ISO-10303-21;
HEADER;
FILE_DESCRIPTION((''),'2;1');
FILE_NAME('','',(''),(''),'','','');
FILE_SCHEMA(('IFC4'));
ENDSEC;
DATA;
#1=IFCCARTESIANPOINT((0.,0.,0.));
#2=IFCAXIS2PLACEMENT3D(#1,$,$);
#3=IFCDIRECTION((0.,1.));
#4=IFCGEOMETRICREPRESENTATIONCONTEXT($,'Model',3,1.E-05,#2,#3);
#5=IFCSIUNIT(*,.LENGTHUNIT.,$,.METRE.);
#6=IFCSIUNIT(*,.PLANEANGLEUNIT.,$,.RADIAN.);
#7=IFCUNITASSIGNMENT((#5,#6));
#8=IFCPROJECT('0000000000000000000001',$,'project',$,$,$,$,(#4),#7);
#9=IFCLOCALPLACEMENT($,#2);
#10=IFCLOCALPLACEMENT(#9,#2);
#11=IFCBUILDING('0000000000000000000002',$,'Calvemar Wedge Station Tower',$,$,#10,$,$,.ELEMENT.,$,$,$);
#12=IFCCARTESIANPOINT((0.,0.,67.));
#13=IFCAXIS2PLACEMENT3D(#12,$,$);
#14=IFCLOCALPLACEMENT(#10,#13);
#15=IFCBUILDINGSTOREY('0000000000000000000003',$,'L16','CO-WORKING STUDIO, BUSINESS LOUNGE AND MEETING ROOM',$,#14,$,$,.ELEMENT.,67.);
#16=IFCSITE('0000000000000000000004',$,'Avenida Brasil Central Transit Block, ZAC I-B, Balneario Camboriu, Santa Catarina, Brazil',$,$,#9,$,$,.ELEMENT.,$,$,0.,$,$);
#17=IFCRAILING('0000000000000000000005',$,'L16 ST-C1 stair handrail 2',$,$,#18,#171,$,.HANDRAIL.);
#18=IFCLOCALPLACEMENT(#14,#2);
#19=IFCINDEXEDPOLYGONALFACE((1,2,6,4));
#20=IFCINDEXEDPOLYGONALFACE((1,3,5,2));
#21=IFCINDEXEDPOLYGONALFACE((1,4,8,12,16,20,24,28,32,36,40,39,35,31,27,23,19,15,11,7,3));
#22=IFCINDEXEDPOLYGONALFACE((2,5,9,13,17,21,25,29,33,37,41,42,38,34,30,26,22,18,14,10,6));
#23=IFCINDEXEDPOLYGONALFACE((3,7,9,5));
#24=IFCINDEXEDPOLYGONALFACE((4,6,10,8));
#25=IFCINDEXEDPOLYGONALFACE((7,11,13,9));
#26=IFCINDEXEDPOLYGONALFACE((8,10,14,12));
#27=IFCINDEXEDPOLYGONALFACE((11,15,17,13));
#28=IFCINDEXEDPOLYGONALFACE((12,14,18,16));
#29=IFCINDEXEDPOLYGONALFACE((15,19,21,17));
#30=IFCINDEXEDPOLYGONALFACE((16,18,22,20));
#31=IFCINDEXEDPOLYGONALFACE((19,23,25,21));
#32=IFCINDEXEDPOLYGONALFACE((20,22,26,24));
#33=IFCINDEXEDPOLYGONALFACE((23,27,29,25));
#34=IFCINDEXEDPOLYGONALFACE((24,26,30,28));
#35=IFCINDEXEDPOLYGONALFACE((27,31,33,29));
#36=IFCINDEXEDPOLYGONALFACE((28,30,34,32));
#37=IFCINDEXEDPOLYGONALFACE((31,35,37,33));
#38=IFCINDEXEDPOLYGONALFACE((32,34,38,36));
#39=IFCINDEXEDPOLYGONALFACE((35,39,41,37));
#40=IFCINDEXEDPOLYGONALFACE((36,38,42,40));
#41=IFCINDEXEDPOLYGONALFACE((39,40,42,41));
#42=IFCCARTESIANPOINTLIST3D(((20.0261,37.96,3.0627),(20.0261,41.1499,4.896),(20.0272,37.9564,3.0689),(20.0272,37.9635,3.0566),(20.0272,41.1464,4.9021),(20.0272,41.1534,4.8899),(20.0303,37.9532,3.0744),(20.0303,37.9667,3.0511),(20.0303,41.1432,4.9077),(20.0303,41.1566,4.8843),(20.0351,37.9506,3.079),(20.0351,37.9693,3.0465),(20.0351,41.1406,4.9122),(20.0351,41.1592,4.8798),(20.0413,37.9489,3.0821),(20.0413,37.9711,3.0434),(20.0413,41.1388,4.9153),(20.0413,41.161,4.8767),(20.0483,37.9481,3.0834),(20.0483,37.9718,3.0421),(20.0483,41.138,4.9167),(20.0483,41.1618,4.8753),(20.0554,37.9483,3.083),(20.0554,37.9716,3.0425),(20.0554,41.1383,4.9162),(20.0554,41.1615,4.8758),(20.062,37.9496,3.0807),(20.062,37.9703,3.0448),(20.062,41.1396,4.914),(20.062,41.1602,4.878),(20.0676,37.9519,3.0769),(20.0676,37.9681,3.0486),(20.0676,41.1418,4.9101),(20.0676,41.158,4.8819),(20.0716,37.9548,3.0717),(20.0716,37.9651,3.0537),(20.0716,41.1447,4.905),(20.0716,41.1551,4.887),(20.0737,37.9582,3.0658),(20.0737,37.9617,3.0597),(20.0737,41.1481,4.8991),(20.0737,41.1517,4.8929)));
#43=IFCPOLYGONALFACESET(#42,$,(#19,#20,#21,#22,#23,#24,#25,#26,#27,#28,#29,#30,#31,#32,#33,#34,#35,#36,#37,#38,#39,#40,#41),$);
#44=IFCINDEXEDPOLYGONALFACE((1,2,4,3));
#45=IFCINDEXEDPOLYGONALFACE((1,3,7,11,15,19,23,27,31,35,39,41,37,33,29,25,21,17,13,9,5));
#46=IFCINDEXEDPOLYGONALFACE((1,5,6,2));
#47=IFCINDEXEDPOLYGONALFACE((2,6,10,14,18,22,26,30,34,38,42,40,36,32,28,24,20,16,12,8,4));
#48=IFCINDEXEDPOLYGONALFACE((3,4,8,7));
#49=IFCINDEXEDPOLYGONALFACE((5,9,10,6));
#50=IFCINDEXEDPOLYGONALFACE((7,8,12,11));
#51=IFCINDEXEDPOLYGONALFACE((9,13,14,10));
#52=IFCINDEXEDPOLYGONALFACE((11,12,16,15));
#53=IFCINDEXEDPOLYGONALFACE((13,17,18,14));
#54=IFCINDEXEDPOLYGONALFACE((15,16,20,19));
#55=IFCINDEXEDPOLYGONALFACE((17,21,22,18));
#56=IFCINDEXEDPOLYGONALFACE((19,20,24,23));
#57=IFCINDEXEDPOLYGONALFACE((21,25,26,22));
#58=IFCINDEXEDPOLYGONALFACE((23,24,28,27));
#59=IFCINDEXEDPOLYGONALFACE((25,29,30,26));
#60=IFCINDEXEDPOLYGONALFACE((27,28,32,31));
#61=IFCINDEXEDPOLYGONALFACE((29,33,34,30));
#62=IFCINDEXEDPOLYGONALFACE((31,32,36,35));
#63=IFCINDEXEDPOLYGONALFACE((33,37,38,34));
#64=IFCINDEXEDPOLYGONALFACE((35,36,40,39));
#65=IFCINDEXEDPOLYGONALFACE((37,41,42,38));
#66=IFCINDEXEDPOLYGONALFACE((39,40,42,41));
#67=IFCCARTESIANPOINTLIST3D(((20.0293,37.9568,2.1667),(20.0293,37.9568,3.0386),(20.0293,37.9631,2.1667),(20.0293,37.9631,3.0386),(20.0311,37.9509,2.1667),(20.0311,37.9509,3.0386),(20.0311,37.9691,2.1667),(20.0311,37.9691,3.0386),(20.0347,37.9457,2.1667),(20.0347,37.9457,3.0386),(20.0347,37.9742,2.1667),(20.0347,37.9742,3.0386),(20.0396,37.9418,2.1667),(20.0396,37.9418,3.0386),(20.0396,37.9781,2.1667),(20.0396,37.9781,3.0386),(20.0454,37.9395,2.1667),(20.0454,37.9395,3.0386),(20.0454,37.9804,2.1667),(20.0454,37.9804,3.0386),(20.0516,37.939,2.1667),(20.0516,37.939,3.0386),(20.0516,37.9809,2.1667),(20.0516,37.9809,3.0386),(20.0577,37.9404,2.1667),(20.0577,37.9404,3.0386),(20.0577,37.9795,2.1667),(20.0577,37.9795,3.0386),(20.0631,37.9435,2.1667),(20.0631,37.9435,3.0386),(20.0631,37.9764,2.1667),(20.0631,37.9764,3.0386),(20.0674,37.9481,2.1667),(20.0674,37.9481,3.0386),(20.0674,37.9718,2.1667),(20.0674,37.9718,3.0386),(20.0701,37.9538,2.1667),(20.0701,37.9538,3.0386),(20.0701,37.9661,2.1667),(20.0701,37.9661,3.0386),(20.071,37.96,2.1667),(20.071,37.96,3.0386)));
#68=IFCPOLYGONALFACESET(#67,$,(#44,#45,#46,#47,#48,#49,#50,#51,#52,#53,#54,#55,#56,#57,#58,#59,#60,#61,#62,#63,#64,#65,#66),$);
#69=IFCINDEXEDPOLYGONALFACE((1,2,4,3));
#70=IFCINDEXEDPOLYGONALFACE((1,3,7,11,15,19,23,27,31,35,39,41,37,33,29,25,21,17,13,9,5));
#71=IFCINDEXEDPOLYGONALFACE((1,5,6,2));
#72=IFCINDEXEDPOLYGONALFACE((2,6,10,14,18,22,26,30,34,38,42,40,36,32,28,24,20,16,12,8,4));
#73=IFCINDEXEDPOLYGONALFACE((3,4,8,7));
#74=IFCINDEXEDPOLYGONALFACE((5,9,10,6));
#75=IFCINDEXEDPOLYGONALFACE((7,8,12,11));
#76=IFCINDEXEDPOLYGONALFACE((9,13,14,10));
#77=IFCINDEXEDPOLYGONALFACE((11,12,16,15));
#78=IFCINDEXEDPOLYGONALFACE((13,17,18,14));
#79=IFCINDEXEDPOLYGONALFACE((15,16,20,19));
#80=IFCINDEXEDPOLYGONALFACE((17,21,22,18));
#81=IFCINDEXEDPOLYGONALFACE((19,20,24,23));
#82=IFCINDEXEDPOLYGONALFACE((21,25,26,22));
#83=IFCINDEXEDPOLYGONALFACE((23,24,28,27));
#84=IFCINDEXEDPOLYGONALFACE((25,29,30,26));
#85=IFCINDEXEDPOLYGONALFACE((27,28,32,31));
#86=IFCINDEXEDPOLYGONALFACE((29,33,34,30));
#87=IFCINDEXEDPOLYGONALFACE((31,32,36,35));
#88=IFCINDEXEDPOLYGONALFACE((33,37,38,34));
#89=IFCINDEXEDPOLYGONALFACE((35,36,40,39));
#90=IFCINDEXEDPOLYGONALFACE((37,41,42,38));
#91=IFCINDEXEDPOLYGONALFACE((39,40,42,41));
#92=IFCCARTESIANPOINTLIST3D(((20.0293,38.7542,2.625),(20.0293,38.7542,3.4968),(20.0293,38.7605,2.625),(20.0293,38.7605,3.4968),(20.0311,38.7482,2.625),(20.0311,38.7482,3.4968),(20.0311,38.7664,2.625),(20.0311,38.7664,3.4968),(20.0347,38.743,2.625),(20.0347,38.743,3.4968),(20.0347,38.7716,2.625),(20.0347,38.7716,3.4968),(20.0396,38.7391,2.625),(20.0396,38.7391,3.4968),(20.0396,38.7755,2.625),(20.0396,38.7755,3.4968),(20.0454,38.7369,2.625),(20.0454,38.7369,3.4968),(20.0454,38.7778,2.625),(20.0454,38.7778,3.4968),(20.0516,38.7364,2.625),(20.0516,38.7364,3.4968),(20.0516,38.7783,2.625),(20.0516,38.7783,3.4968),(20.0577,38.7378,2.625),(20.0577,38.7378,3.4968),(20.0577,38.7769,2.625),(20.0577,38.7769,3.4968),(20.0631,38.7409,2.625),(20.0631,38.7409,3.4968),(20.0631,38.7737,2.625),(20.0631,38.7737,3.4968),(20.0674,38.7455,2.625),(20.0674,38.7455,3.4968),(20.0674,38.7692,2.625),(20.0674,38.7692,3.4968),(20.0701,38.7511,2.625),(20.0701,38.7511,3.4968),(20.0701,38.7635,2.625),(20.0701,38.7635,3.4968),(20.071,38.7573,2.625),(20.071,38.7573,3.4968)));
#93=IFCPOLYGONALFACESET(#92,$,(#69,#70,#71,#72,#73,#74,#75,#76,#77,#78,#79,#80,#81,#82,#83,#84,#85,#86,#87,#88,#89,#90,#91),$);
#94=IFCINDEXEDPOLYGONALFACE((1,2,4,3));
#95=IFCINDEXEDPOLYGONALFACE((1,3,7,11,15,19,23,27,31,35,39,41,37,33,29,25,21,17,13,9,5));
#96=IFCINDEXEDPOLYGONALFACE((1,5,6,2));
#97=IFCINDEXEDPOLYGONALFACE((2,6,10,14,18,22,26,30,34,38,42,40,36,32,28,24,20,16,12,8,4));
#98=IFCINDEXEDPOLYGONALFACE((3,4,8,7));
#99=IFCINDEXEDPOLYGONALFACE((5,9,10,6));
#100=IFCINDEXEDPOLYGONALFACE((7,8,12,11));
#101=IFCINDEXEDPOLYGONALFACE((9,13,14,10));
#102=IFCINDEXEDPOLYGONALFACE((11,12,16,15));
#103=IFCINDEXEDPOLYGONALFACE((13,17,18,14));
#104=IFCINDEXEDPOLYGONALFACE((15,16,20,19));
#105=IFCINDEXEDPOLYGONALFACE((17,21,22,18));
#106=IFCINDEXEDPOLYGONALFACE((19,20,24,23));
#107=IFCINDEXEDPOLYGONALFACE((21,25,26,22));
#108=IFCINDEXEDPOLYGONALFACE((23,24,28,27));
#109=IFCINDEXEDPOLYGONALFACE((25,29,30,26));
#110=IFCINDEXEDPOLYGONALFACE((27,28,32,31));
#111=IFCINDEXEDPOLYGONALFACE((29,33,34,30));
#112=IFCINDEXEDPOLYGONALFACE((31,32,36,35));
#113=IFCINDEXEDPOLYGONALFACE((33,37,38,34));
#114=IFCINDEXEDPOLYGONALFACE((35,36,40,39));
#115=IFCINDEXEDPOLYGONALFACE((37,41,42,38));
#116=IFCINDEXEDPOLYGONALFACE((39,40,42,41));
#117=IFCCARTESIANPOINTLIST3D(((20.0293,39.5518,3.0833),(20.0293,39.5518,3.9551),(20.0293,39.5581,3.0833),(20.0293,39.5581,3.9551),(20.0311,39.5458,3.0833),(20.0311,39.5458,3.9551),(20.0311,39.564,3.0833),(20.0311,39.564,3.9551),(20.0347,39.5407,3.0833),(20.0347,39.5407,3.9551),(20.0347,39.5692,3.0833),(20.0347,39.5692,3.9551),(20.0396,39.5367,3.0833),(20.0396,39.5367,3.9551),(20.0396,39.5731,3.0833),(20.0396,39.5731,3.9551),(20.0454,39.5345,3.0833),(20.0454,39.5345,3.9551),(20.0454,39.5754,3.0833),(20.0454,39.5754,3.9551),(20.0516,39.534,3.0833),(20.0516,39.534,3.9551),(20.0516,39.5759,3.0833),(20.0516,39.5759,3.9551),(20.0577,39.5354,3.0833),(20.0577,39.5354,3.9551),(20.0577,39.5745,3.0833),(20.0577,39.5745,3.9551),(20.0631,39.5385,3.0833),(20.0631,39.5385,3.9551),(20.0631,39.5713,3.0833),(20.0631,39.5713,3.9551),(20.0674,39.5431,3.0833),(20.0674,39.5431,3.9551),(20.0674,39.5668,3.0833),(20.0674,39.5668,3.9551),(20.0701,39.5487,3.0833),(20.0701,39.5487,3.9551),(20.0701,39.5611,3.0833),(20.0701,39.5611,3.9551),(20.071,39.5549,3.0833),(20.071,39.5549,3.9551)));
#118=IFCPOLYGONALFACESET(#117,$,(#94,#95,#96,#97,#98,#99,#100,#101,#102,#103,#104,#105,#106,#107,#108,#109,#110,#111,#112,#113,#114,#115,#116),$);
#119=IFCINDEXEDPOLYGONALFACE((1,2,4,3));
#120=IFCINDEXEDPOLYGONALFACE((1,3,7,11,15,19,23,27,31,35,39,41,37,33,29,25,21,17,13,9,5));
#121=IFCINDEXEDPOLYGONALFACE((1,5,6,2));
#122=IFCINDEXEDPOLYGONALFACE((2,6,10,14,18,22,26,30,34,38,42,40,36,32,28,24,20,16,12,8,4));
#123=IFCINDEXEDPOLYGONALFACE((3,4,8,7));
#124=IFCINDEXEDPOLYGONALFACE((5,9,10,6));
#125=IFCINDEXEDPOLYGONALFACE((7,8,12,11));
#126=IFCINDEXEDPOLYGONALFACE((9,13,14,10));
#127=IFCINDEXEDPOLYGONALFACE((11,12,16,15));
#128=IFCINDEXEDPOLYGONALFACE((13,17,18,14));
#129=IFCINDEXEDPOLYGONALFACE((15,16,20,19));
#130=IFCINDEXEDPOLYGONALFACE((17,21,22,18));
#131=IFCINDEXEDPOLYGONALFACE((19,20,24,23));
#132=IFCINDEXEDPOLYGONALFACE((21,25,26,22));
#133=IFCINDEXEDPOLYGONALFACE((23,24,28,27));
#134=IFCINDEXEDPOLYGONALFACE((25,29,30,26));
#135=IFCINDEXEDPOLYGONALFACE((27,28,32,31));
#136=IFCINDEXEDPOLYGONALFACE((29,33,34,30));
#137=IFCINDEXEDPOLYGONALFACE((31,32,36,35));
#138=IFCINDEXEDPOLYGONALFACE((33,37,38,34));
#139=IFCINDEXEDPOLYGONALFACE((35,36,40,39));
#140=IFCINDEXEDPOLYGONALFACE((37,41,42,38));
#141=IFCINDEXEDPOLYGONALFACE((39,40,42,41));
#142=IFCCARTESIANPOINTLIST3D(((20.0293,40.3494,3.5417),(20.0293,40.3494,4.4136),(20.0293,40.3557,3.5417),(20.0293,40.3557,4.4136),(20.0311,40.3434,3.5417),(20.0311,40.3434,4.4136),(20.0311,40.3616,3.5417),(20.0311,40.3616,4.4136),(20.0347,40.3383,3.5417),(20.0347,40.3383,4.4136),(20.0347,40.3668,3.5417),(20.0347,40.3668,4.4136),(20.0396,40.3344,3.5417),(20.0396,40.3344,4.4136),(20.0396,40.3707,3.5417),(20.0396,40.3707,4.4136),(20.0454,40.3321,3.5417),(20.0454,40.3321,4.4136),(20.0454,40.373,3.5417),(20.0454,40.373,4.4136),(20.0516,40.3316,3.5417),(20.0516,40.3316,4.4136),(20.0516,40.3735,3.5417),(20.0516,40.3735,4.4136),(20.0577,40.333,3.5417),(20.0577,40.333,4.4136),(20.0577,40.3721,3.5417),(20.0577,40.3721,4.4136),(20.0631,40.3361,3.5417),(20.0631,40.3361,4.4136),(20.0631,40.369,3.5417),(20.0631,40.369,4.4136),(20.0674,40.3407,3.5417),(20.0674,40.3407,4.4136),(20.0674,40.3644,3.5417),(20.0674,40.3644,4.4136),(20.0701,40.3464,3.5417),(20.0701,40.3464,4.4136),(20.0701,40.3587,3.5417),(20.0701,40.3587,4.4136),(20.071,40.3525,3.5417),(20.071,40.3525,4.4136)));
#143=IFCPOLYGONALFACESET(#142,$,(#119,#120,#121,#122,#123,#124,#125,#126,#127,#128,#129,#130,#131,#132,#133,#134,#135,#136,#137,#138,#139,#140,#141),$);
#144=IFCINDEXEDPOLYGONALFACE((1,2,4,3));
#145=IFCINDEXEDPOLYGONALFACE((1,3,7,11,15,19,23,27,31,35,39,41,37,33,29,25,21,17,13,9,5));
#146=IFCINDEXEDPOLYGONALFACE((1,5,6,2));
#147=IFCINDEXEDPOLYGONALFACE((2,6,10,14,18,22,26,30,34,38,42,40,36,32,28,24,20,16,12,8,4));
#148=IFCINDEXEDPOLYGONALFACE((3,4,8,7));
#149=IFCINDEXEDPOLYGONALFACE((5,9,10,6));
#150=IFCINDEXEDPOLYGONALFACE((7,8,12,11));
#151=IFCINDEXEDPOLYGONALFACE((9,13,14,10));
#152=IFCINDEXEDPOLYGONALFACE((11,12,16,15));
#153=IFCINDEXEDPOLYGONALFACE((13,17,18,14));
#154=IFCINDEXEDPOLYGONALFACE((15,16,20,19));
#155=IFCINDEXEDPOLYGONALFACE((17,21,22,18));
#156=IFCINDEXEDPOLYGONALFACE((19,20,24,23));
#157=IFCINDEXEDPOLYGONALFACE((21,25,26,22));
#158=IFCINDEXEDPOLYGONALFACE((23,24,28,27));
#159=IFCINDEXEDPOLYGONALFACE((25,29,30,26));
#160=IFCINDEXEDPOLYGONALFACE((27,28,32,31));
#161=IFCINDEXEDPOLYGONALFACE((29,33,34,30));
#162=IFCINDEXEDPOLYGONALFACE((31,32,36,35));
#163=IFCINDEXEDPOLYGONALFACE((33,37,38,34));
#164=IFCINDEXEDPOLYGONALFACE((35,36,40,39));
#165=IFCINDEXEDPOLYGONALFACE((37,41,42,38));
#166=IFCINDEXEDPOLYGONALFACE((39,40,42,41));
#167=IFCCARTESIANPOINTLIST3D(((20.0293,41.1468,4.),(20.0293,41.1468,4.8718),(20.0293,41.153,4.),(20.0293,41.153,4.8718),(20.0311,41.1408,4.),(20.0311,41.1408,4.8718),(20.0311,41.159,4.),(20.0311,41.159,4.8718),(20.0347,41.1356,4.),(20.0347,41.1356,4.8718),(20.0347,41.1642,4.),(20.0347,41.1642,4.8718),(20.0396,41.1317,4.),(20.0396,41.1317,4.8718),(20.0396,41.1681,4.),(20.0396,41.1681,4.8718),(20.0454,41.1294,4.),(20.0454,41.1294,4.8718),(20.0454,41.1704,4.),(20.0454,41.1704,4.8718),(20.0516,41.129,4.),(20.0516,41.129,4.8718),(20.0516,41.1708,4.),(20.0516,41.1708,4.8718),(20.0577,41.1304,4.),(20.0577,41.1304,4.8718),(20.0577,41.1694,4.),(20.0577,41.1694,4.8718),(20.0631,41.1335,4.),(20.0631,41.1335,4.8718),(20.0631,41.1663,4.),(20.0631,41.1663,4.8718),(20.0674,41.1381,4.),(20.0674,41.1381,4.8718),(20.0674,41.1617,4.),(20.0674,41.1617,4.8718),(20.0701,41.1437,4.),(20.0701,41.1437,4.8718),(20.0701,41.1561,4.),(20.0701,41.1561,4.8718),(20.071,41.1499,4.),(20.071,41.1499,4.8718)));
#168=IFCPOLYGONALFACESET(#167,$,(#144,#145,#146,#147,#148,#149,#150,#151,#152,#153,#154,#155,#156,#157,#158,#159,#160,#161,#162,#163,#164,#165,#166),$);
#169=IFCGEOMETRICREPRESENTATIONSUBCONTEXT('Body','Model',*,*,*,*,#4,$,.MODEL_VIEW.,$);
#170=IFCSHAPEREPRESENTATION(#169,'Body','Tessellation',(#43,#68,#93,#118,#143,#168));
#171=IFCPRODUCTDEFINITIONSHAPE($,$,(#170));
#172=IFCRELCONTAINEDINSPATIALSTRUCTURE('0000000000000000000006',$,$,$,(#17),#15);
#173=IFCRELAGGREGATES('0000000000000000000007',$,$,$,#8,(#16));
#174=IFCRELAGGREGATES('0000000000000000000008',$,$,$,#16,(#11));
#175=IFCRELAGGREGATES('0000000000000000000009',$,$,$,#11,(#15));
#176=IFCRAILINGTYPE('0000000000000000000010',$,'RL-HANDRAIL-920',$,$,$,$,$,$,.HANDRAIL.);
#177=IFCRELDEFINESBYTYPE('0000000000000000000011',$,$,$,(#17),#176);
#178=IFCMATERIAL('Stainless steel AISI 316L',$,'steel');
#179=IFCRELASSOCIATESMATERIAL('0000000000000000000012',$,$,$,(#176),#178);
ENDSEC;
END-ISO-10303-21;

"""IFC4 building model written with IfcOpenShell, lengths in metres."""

from ifc_helpers import new_model, si_unit, direction, frame, origin, origin_2d, place, context, subcontext, project, spatial, circle, extrude, material, type_object, element, save


model = new_model("IFC4")

# Units and contexts
model_context = context("Model", 3, precision=1e-05, world=origin(), true_north=direction((0.0, 1.0)))
body_context = subcontext(model_context, "Body", "Model", "MODEL_VIEW")
ifc_project = project(units=[si_unit("LENGTHUNIT", "METRE"), si_unit("PLANEANGLEUNIT", "RADIAN")], contexts=[model_context])

# Site, building, storey
site_placement = place(None, origin())
site = spatial("IfcSite", under=ifc_project, at=site_placement, Name="Avenida Brasil Central Transit Block, ZAC I-B, Balneario Camboriu, Santa Catarina, Brazil", CompositionType="ELEMENT", RefElevation=0.0)
building_placement = place(site_placement, origin())
building = spatial("IfcBuilding", under=site, at=building_placement, Name="Calvemar Wedge Station Tower", CompositionType="ELEMENT")
storey_placement = place(building_placement, frame((0.0, 0.0, 67.0)))
storey = spatial("IfcBuildingStorey", under=building, at=storey_placement, Name="L16", Description="CO-WORKING STUDIO, BUSINESS LOUNGE AND MEETING ROOM", CompositionType="ELEMENT", Elevation=67.0)

# Railing
ifc_material_1 = material(Name="Stainless steel AISI 316L", Category="steel")
railing_type_1 = type_object("IfcRailingType", Name="RL-HANDRAIL-920", PredefinedType="HANDRAIL", material=ifc_material_1)
railing_1_placement = place(storey_placement, frame((20.05, 37.96, 2.1667)))
element("IfcRailing", 1, at=railing_1_placement, inside=storey, type_object=railing_type_1, Name="L16 ST-C1 stair handrail 2", PredefinedType="HANDRAIL", context=body_context, shape_type="SweptSolid", body=[
    extrude(circle(Radius=0.0239, at=origin_2d()), frame((0.0, 0.0, 0.896), z_axis=(0.0, 0.86702, 0.498274), x_axis=(-1.0, 0.0, 0.0)), (0.0, 0.0, 1.0), 3.6792),
    extrude(circle(Radius=0.021, at=origin_2d()), origin(), (0.0, 0.0, 1.0), 0.8718),
    extrude(circle(Radius=0.021, at=origin_2d()), frame((0.0, 0.7974, 0.4583)), (0.0, 0.0, 1.0), 0.8718),
    extrude(circle(Radius=0.021, at=origin_2d()), frame((0.0, 1.595, 0.9165)), (0.0, 0.0, 1.0), 0.8718),
    extrude(circle(Radius=0.021, at=origin_2d()), frame((0.0, 2.3926, 1.375)), (0.0, 0.0, 1.0), 0.8718),
    extrude(circle(Radius=0.021, at=origin_2d()), frame((0.0, 3.1899, 1.8333)), (0.0, 0.0, 1.0), 0.8718),
])

save(model, "model.ifc")
